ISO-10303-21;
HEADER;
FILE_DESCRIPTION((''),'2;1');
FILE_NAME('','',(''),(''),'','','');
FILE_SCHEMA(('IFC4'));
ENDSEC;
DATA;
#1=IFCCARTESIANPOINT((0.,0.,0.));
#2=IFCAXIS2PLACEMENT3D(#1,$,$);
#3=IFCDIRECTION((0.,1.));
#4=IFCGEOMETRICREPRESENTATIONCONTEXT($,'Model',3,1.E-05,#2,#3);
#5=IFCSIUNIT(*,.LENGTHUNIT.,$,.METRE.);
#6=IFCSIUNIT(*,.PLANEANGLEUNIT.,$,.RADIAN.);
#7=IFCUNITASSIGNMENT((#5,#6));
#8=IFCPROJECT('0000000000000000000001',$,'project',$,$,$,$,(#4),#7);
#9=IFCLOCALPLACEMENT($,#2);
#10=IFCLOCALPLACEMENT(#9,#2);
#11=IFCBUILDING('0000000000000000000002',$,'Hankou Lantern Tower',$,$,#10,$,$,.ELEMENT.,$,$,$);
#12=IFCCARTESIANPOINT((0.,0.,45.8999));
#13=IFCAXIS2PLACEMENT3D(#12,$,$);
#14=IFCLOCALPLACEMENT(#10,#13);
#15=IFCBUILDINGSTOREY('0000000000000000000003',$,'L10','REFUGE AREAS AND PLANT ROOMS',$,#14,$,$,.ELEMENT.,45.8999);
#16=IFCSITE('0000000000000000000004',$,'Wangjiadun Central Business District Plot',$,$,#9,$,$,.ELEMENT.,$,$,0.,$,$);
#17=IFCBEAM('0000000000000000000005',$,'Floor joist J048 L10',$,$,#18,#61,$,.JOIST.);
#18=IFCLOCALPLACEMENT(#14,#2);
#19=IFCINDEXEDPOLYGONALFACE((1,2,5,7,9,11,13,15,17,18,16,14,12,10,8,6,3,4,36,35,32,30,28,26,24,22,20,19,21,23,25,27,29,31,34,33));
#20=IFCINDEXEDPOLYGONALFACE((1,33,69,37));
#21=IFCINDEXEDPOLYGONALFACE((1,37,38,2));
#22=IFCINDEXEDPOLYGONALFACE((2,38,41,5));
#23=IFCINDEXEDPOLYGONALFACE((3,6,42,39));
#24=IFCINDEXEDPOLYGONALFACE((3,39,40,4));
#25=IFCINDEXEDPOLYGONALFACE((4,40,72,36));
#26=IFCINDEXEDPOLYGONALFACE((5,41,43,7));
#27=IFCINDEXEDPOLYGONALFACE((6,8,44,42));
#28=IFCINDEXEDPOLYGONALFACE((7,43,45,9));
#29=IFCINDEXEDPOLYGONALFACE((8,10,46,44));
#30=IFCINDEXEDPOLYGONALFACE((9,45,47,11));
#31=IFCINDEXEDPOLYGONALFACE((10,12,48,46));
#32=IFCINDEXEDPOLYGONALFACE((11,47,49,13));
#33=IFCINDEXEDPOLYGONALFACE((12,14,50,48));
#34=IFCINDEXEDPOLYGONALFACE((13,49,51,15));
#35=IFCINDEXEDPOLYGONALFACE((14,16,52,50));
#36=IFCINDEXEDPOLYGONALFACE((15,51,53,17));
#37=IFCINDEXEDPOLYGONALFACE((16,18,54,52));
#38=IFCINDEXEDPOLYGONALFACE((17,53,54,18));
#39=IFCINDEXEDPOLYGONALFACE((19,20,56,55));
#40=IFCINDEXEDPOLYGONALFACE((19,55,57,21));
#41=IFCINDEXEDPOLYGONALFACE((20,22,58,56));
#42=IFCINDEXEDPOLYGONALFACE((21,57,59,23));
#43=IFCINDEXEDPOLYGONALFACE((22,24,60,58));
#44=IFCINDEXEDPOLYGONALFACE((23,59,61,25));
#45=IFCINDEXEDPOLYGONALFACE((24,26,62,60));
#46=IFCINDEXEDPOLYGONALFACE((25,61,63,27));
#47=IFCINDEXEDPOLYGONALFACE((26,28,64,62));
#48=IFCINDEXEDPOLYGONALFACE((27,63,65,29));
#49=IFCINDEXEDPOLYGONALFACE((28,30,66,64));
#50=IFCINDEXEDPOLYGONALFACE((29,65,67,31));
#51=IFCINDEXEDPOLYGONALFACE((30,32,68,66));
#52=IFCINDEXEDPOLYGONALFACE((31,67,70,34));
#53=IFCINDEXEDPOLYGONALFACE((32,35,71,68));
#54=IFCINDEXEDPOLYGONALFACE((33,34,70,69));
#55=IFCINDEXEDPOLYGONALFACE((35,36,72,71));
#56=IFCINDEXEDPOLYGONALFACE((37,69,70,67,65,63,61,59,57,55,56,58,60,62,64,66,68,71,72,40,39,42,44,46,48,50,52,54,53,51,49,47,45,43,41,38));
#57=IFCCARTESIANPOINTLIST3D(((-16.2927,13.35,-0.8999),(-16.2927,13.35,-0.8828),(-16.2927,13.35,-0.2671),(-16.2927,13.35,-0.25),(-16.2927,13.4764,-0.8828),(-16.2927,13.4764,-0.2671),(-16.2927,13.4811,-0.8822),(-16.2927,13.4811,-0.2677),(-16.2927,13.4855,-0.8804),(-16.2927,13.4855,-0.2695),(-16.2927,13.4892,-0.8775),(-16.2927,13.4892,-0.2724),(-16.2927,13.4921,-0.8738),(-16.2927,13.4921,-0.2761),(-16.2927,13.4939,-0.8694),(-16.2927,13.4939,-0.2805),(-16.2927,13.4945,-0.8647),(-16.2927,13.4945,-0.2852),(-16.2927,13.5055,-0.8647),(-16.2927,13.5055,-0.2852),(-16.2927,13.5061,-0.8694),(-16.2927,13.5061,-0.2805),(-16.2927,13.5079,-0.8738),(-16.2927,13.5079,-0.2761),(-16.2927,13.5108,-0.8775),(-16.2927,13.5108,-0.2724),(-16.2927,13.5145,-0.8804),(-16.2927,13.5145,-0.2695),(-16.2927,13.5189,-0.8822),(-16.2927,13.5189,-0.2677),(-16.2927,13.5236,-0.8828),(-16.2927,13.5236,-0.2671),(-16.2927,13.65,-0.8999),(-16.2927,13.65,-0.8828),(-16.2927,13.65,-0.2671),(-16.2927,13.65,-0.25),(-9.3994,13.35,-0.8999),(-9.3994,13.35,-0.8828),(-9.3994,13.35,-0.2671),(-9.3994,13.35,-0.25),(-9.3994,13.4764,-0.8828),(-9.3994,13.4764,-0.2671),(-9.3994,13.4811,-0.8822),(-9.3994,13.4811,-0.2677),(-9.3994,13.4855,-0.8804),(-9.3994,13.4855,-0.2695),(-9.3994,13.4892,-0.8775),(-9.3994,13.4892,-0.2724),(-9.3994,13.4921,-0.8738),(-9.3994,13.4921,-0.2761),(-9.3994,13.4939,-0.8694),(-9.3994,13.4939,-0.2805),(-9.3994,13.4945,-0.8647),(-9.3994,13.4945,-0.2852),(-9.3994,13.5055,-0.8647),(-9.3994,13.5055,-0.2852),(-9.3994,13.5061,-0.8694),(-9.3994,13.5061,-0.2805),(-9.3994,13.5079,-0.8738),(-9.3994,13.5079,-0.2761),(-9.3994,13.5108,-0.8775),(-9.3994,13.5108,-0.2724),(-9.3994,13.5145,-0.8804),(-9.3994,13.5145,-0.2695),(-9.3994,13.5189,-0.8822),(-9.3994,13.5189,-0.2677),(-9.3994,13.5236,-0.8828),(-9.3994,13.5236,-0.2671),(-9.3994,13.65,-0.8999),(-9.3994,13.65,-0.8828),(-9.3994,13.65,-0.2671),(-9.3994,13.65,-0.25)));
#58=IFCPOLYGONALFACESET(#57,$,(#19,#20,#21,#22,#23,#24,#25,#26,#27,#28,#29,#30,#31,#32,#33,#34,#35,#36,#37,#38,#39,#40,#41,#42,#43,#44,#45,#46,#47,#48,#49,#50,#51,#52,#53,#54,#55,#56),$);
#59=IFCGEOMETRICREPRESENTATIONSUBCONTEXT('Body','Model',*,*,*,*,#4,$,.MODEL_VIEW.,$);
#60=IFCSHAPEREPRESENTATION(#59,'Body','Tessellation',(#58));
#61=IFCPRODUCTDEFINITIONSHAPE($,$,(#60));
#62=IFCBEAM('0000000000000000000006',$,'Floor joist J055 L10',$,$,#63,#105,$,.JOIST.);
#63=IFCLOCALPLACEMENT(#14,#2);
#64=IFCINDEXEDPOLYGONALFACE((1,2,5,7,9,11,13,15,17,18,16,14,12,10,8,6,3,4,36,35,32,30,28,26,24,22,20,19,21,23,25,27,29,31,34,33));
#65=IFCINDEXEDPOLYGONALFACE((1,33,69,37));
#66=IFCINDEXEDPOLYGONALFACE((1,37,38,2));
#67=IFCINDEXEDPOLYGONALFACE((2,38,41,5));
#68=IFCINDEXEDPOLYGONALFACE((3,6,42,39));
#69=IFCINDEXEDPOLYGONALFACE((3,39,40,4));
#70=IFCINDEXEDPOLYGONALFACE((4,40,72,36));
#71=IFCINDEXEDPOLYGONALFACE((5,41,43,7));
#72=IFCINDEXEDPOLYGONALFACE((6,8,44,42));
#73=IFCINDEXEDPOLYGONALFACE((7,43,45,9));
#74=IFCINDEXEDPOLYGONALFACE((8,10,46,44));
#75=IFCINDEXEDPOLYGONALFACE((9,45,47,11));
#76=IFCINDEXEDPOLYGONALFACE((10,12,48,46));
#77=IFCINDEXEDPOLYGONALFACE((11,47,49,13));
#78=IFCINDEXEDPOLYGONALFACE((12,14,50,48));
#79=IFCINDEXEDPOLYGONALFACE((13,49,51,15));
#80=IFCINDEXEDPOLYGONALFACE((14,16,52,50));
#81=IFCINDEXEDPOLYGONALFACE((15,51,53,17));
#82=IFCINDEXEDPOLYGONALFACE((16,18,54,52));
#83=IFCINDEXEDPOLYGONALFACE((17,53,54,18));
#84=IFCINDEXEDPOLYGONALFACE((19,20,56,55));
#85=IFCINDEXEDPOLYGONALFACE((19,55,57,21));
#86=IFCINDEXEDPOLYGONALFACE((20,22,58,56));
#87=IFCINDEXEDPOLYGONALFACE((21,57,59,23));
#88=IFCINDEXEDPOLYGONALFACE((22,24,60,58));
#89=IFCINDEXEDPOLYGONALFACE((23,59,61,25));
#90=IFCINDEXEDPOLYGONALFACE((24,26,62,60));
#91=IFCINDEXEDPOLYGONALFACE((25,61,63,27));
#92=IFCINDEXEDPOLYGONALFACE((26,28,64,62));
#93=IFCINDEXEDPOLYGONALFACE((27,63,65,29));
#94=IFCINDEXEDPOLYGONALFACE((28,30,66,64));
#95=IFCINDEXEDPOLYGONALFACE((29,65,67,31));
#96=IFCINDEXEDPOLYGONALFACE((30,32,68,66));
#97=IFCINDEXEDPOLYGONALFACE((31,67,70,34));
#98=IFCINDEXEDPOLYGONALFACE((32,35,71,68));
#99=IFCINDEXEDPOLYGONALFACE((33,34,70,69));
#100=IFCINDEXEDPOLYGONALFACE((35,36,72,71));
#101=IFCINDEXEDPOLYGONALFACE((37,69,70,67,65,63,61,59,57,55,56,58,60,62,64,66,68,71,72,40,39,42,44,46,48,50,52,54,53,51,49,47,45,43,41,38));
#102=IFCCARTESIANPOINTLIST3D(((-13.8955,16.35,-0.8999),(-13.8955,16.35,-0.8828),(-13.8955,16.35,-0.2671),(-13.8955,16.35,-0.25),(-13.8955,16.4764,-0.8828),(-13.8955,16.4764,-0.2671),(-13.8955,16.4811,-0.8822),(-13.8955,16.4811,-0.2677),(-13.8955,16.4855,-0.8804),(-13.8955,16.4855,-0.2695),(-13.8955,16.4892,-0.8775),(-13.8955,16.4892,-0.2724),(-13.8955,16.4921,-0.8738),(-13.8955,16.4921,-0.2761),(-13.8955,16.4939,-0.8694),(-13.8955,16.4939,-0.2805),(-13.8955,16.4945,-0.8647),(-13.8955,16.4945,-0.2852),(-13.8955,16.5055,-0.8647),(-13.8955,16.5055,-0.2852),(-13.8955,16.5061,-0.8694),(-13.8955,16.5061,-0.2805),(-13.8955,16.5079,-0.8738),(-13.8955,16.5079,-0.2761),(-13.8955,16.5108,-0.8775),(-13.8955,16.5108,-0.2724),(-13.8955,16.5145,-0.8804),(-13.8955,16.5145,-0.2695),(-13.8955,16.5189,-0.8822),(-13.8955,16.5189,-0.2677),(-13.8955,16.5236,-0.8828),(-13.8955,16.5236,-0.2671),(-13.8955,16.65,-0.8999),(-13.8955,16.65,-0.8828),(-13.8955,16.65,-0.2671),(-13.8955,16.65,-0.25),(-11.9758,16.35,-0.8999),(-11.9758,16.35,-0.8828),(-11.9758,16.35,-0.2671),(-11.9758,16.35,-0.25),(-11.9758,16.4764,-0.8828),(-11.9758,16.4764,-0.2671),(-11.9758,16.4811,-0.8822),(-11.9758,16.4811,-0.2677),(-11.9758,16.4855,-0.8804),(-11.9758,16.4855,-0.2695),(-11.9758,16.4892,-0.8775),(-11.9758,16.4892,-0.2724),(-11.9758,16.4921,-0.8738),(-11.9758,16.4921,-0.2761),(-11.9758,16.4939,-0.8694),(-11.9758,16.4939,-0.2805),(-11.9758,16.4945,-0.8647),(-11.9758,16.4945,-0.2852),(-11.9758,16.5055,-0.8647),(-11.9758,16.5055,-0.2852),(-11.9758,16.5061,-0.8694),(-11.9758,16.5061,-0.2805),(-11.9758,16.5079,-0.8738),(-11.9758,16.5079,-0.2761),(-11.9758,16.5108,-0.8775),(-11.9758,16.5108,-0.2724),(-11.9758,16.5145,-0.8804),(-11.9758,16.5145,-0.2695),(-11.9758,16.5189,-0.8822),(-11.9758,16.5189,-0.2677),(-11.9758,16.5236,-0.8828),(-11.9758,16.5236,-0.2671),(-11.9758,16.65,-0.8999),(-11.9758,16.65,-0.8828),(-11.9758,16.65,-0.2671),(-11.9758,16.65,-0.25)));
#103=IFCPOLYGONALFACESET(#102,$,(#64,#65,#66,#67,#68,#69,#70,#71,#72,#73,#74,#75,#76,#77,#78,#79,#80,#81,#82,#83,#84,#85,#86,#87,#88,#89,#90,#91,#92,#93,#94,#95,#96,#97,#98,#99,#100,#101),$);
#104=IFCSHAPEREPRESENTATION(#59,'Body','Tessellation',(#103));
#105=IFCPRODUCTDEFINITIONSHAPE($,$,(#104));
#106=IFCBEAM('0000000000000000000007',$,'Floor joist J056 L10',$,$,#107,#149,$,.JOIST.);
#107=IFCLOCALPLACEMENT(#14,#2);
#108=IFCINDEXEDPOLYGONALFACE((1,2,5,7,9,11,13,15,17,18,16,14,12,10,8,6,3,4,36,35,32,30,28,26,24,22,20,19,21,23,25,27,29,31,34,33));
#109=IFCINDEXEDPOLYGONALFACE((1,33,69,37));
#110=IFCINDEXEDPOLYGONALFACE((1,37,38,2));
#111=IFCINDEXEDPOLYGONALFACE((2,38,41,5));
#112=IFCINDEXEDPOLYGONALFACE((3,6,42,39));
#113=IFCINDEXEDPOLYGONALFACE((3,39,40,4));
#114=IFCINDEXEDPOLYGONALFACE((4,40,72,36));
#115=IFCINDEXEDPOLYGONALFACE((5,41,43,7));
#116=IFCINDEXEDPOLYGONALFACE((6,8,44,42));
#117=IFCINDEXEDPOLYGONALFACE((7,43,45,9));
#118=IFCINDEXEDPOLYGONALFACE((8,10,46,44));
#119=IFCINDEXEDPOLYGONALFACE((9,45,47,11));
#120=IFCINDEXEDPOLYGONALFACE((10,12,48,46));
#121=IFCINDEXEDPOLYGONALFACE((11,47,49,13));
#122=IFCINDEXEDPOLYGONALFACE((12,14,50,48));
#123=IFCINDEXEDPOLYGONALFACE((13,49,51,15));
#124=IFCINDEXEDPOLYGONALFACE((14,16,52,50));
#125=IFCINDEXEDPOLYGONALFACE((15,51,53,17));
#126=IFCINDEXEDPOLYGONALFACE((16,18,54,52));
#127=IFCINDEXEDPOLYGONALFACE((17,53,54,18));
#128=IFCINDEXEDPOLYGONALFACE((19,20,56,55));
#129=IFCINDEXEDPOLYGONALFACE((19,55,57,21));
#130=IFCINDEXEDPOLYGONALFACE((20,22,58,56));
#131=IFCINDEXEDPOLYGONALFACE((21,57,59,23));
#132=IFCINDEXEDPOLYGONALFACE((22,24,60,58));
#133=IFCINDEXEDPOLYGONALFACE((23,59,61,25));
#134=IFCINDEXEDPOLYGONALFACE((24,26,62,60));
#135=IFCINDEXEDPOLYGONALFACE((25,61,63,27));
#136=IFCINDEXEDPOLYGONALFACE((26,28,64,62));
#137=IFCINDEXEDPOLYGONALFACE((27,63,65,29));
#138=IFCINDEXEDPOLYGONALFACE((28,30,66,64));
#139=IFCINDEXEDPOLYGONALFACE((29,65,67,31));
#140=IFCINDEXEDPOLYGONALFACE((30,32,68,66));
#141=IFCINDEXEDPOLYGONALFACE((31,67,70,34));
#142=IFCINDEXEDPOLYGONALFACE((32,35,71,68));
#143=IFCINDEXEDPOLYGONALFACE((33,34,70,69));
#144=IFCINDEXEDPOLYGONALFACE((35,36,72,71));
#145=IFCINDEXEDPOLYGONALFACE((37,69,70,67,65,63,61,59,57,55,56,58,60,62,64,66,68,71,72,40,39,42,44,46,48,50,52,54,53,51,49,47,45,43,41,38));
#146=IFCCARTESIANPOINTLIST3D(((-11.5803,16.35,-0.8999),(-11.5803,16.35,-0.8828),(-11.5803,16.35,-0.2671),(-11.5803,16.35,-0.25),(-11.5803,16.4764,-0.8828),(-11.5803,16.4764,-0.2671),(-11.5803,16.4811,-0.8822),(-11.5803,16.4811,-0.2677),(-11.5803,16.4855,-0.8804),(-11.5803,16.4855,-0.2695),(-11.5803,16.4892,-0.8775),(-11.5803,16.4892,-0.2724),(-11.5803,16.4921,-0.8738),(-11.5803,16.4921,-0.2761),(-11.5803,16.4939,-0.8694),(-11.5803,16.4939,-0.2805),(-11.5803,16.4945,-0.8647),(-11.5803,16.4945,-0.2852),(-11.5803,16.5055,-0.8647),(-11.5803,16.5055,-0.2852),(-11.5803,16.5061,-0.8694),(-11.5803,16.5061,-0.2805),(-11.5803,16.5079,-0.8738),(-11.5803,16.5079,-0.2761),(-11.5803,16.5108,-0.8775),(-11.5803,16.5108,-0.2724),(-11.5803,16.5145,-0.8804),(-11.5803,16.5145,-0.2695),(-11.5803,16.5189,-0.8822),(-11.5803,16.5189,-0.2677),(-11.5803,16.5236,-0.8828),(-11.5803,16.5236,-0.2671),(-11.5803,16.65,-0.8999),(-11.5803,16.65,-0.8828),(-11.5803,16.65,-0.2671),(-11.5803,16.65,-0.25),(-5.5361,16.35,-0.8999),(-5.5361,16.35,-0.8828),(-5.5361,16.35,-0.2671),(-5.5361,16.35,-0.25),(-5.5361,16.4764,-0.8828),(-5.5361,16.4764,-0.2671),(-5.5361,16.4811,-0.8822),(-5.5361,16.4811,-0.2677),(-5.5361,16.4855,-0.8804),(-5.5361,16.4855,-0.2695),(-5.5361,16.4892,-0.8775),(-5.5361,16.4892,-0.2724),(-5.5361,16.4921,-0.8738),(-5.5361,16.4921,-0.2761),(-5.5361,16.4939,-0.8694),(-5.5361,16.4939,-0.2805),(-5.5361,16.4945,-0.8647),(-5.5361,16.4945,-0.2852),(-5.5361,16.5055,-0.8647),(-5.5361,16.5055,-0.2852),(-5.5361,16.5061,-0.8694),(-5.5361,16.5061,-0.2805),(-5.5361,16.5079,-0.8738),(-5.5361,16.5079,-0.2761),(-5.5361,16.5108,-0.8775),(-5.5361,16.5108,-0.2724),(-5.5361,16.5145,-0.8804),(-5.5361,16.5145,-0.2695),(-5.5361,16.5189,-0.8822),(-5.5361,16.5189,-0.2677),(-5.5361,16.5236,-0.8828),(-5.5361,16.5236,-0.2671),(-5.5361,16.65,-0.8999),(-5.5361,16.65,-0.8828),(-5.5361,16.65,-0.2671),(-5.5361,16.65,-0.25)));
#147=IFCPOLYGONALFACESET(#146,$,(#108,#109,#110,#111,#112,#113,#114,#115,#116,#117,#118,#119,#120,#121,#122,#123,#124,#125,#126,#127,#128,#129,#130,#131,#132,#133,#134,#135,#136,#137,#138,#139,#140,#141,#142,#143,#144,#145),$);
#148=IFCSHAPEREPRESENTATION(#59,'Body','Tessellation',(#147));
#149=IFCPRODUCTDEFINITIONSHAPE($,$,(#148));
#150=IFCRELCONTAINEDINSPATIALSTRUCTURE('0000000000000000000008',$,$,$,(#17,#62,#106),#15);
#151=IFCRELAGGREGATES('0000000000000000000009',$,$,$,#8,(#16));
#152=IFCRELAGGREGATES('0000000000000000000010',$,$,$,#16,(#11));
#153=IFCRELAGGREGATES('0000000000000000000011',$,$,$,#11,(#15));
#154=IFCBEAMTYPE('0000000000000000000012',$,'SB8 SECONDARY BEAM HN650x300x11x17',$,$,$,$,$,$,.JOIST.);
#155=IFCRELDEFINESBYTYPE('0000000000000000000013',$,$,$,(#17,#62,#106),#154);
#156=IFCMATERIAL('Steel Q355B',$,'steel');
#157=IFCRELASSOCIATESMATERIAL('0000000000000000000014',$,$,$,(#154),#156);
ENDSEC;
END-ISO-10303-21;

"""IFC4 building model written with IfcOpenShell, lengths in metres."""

from ifc_helpers import new_model, si_unit, direction, frame, origin, origin_2d, place, context, subcontext, project, spatial, i_section, extrude, material, material_profile, profile_set, type_object, element, save


model = new_model("IFC4")

# Units and contexts
model_context = context("Model", 3, precision=1e-05, world=origin(), true_north=direction((0.0, 1.0)))
body_context = subcontext(model_context, "Body", "Model", "MODEL_VIEW")
ifc_project = project(units=[si_unit("LENGTHUNIT", "METRE"), si_unit("PLANEANGLEUNIT", "RADIAN")], contexts=[model_context])

# Site, building, storey
site_placement = place(None, origin())
site = spatial("IfcSite", under=ifc_project, at=site_placement, Name="Wangjiadun Central Business District Plot", CompositionType="ELEMENT", RefElevation=0.0)
building_placement = place(site_placement, origin())
building = spatial("IfcBuilding", under=site, at=building_placement, Name="Hankou Lantern Tower", CompositionType="ELEMENT")
storey_placement = place(building_placement, frame((0.0, 0.0, 45.8999)))
storey = spatial("IfcBuildingStorey", under=building, at=storey_placement, Name="L10", Description="REFUGE AREAS AND PLANT ROOMS", CompositionType="ELEMENT", Elevation=45.8999)

# Beams
ifc_material_1 = material(Name="Steel Q355B", Category="steel")
ifc_material_profile_1 = material_profile(ifc_material_1, i_section(OverallWidth=0.3, OverallDepth=0.6499, WebThickness=0.011, FlangeThickness=0.0171, FilletRadius=0.0181, at=origin_2d()), Name="HN650x300x11x17")
ifc_profile_set_1 = profile_set([ifc_material_profile_1], Name="Steel Q355B")
beam_type_1 = type_object("IfcBeamType", Name="SB8 SECONDARY BEAM HN650x300x11x17", PredefinedType="JOIST", material=ifc_profile_set_1)
beam_1_placement = place(storey_placement, frame((-16.2927, 13.5, -0.575), z_axis=(1.0, 0.0, 0.0), x_axis=(0.0, 1.0, 0.0)))
element("IfcBeam", 1, at=beam_1_placement, inside=storey, type_object=beam_type_1, Name="Floor joist J048 L10", PredefinedType="JOIST", context=body_context, shape_type="SweptSolid", body=[
    extrude(i_section(OverallWidth=0.3, OverallDepth=0.6499, WebThickness=0.011, FlangeThickness=0.0171, FilletRadius=0.0181, at=origin_2d()), origin(), (0.0, 0.0, 1.0), 6.8933),
])
beam_2_placement = place(storey_placement, frame((-13.8955, 16.5, -0.575), z_axis=(1.0, 0.0, 0.0), x_axis=(0.0, 1.0, 0.0)))
element("IfcBeam", 2, at=beam_2_placement, inside=storey, type_object=beam_type_1, Name="Floor joist J055 L10", PredefinedType="JOIST", context=body_context, shape_type="SweptSolid", body=[
    extrude(i_section(OverallWidth=0.3, OverallDepth=0.6499, WebThickness=0.011, FlangeThickness=0.0171, FilletRadius=0.0181, at=origin_2d()), origin(), (0.0, 0.0, 1.0), 1.9197),
])
beam_3_placement = place(storey_placement, frame((-11.5803, 16.5, -0.575), z_axis=(1.0, 0.0, 0.0), x_axis=(0.0, 1.0, 0.0)))
element("IfcBeam", 3, at=beam_3_placement, inside=storey, type_object=beam_type_1, Name="Floor joist J056 L10", PredefinedType="JOIST", context=body_context, shape_type="SweptSolid", body=[
    extrude(i_section(OverallWidth=0.3, OverallDepth=0.6499, WebThickness=0.011, FlangeThickness=0.0171, FilletRadius=0.0181, at=origin_2d()), origin(), (0.0, 0.0, 1.0), 6.0442),
])

save(model, "model.ifc")
